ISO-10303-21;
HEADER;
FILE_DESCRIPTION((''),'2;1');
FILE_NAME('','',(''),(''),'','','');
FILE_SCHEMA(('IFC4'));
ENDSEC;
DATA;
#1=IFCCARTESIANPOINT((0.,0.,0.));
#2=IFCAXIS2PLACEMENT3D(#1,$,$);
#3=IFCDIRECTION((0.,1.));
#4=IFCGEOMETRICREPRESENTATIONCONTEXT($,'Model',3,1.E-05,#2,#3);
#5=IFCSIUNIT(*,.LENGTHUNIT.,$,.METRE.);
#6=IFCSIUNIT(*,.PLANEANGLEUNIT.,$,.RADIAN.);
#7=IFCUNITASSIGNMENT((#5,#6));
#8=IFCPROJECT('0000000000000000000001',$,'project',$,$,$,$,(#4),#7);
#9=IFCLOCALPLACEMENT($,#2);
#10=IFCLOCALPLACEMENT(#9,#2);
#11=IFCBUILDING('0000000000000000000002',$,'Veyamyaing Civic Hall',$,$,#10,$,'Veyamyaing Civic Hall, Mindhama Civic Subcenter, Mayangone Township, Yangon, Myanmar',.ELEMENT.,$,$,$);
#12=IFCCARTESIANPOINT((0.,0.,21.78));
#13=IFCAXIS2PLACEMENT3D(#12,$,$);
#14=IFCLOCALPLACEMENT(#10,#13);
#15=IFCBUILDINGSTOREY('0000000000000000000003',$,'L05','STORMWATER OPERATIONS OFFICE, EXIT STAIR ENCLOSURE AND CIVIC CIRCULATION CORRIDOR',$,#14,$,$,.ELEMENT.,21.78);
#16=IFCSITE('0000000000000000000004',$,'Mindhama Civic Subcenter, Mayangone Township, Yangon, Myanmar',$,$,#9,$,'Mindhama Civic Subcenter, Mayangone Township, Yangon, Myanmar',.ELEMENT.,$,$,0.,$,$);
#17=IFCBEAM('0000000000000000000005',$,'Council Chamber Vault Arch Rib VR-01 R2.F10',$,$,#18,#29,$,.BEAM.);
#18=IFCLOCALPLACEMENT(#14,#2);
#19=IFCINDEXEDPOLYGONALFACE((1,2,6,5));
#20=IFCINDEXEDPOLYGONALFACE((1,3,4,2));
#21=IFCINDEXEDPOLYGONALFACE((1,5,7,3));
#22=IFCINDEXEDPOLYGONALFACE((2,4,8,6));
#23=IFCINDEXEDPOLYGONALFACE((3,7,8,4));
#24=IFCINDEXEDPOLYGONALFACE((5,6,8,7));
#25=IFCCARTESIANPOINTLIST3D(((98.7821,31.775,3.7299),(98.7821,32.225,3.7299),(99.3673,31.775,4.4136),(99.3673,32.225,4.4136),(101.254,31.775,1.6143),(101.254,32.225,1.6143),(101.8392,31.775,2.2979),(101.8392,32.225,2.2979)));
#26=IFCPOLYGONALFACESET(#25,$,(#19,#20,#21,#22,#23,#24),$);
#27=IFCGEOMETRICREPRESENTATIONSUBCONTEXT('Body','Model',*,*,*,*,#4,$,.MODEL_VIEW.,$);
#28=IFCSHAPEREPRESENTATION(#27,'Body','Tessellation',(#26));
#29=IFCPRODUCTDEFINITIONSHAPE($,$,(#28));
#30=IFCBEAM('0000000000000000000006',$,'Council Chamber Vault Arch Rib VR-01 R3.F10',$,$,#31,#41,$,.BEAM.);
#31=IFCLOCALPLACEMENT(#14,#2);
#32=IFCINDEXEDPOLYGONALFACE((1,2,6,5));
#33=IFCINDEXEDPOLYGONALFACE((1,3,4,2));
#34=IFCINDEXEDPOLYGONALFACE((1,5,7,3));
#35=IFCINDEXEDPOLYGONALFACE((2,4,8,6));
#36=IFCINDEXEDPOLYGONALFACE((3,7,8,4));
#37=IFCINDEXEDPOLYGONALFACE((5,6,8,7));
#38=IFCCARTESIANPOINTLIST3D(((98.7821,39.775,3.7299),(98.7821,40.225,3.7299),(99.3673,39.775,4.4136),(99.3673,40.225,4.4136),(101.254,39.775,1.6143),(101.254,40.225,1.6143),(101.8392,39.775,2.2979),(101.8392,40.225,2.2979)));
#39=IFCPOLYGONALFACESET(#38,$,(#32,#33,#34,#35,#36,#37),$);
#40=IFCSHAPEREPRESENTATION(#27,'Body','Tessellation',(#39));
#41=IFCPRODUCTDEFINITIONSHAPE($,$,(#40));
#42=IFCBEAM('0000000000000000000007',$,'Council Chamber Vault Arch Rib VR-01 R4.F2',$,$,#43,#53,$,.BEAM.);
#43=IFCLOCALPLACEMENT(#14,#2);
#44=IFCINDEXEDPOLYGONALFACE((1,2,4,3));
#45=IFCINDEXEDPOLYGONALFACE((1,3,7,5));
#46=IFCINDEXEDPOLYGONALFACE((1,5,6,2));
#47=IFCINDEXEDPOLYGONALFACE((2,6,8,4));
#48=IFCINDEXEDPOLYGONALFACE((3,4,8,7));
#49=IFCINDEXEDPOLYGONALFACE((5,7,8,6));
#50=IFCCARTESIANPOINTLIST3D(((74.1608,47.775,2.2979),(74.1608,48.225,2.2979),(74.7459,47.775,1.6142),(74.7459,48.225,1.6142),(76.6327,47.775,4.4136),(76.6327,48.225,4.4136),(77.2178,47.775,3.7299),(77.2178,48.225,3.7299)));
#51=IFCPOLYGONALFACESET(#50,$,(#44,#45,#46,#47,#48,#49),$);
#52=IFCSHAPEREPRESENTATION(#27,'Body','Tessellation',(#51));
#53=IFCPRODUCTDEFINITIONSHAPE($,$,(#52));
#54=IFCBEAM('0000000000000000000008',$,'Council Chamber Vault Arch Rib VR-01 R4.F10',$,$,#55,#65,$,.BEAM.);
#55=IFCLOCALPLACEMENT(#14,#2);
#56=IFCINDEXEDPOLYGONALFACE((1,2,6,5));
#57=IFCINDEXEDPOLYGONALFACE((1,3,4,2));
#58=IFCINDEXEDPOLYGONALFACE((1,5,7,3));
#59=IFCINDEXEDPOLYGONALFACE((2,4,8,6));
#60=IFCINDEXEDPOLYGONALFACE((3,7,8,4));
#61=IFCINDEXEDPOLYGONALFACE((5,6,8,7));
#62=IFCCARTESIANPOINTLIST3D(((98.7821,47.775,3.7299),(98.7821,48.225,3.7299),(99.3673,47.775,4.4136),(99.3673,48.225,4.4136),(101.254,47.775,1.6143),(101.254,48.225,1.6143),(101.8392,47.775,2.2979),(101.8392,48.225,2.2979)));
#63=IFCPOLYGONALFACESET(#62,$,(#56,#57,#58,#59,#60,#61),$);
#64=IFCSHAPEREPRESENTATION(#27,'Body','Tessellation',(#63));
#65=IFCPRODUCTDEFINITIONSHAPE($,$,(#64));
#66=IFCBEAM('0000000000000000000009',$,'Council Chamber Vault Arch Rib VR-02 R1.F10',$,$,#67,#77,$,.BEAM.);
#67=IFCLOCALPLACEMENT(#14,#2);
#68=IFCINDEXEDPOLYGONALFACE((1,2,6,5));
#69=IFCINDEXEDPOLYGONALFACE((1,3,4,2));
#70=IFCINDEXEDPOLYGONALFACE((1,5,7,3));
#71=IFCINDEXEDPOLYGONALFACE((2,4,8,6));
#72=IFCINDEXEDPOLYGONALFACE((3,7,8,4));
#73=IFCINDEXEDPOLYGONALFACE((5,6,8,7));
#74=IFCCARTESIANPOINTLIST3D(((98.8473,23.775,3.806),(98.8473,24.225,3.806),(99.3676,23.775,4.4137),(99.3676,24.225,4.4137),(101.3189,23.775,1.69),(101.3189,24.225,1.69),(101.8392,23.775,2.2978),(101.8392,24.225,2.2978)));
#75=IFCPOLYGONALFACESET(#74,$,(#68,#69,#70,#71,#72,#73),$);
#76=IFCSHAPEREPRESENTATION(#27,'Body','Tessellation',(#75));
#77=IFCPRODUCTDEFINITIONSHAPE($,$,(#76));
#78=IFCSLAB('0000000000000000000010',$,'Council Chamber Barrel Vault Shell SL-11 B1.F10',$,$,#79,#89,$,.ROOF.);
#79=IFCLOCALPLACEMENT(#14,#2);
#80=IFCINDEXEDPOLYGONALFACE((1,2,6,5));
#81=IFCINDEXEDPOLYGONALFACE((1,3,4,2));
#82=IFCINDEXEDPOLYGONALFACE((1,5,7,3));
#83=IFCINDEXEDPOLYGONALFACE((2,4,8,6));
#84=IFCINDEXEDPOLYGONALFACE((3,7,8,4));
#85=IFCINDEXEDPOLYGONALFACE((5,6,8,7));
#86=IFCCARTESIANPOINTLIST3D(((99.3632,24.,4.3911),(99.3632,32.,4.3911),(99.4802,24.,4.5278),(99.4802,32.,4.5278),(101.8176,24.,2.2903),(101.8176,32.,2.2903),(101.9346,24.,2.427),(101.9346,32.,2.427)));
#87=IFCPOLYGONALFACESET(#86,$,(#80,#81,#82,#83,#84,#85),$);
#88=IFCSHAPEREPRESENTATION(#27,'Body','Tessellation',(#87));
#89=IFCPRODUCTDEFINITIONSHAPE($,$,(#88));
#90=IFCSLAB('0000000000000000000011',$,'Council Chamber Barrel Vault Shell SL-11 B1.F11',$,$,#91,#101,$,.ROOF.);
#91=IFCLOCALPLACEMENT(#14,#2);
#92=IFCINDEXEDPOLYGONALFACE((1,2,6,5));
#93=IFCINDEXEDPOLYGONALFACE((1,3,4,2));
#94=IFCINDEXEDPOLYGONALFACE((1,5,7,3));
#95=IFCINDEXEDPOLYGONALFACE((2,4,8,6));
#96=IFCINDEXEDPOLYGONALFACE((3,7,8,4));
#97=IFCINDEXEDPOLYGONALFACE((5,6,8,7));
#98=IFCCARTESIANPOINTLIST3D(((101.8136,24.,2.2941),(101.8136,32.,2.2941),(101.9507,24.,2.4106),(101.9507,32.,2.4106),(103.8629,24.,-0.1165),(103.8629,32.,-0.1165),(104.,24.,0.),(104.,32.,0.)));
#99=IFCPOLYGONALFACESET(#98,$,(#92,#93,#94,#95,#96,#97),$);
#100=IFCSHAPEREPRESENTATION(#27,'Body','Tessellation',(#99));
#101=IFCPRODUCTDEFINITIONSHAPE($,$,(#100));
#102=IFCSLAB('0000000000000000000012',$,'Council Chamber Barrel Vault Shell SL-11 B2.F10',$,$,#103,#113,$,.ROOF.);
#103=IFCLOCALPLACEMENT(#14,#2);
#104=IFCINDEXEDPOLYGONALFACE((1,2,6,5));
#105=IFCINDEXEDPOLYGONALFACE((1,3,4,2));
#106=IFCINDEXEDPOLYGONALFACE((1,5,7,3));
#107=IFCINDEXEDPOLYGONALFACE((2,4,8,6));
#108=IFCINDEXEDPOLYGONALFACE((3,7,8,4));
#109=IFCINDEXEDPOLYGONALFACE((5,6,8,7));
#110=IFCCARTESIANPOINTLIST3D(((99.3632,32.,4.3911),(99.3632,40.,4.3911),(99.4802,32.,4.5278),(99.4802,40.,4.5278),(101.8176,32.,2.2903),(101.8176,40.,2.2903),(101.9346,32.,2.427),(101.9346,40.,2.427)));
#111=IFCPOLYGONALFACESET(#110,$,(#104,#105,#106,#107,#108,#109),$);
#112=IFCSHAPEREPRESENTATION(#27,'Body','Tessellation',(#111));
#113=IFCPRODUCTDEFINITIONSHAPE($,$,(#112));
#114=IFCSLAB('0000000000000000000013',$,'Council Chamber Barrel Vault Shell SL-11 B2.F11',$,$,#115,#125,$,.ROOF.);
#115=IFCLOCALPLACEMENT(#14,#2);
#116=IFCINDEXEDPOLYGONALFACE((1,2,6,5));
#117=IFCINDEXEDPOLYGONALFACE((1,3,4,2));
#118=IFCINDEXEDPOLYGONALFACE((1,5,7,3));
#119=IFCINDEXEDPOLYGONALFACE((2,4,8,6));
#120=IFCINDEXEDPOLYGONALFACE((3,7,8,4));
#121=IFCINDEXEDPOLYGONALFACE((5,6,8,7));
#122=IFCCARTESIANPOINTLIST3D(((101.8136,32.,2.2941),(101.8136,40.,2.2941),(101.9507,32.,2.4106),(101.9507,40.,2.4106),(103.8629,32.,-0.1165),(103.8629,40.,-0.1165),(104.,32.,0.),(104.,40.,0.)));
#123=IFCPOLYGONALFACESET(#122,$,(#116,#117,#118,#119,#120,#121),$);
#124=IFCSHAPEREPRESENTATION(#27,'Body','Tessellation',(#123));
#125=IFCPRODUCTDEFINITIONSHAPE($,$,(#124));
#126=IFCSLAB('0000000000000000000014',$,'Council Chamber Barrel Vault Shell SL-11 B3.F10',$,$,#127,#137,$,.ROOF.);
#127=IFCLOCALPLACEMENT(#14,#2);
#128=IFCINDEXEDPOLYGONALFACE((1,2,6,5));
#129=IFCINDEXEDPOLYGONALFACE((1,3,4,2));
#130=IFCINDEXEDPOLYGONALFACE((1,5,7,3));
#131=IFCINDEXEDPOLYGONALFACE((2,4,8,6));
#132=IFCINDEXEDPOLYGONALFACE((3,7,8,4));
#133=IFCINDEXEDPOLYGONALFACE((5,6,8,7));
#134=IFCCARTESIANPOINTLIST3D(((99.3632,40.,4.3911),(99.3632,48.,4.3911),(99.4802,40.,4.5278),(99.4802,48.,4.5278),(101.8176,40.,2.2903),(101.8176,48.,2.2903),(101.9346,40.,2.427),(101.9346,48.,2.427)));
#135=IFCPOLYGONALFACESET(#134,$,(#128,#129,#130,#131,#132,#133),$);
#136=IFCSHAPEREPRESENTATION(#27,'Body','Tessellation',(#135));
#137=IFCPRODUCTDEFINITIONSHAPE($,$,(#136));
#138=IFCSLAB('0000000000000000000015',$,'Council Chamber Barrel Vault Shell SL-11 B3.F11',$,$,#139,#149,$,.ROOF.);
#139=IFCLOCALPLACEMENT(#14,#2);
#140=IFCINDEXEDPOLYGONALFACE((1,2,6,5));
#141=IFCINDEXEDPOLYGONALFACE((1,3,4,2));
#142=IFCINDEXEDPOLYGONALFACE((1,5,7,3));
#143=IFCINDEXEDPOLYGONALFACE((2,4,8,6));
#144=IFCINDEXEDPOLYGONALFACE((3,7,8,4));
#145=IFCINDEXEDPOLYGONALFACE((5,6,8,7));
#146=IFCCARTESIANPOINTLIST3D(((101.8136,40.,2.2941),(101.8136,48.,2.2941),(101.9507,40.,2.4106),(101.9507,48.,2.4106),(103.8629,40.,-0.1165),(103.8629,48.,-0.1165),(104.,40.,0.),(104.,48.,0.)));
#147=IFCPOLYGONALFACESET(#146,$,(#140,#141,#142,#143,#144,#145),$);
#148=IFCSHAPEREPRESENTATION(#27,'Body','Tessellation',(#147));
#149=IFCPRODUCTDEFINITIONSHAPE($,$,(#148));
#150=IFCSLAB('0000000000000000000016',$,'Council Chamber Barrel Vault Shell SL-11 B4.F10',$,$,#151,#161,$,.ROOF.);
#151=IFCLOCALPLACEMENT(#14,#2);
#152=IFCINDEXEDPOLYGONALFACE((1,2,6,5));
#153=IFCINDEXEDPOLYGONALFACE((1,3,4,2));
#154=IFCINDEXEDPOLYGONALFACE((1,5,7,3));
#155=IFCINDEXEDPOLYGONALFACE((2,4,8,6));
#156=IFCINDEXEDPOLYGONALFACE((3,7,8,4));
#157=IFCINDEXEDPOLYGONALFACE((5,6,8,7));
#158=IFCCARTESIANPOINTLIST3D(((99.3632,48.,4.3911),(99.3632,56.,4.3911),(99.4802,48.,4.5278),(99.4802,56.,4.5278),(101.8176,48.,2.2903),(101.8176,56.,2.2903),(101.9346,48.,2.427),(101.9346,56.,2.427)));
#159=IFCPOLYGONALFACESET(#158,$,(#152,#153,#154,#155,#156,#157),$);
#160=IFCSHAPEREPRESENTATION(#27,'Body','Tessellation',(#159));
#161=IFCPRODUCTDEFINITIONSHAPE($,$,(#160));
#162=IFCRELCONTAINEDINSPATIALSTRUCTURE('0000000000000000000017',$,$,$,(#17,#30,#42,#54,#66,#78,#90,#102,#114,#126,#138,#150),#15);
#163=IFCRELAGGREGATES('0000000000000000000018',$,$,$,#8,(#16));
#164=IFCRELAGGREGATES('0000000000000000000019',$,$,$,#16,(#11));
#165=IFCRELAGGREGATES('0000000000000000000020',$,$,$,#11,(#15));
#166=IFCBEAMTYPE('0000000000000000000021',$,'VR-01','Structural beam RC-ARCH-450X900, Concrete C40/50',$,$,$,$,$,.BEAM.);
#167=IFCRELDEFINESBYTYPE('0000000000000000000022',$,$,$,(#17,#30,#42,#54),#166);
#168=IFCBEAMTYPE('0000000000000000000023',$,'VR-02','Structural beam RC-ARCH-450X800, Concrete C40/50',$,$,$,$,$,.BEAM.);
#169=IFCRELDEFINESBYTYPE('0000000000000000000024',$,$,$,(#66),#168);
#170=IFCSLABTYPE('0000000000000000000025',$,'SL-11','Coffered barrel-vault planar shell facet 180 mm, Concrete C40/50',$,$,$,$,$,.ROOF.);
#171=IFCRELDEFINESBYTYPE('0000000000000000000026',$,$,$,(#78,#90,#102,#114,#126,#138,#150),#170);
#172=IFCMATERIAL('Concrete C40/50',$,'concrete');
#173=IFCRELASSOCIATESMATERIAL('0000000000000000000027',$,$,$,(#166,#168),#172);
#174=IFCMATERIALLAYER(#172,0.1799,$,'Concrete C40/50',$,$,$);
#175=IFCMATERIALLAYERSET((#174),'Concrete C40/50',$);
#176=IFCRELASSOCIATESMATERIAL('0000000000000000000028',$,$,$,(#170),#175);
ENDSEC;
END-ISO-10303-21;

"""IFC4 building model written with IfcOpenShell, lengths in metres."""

from ifc_helpers import new_model, si_unit, direction, frame, origin, origin_2d, place, context, subcontext, project, spatial, polyline, rectangle, outline, extrude, material, layer, layer_set, material_profile, profile_set, type_object, element, save


model = new_model("IFC4")

# Units and contexts
model_context = context("Model", 3, precision=1e-05, world=origin(), true_north=direction((0.0, 1.0)))
body_context = subcontext(model_context, "Body", "Model", "MODEL_VIEW")
ifc_project = project(units=[si_unit("LENGTHUNIT", "METRE"), si_unit("PLANEANGLEUNIT", "RADIAN")], contexts=[model_context])

# Site, building, storey
site_placement = place(None, origin())
site = spatial("IfcSite", under=ifc_project, at=site_placement, Name="Mindhama Civic Subcenter, Mayangone Township, Yangon, Myanmar", LongName="Mindhama Civic Subcenter, Mayangone Township, Yangon, Myanmar", CompositionType="ELEMENT", RefElevation=0.0)
building_placement = place(site_placement, origin())
building = spatial("IfcBuilding", under=site, at=building_placement, Name="Veyamyaing Civic Hall", LongName="Veyamyaing Civic Hall, Mindhama Civic Subcenter, Mayangone Township, Yangon, Myanmar", CompositionType="ELEMENT")
storey_placement = place(building_placement, frame((0.0, 0.0, 21.78)))
storey = spatial("IfcBuildingStorey", under=building, at=storey_placement, Name="L05", Description="STORMWATER OPERATIONS OFFICE, EXIT STAIR ENCLOSURE AND CIVIC CIRCULATION CORRIDOR", CompositionType="ELEMENT", Elevation=21.78)

# Beams
ifc_material_1 = material(Name="Concrete C40/50", Category="concrete")
ifc_material_profile_1 = material_profile(ifc_material_1, rectangle(XDim=0.45, YDim=0.8999, at=origin_2d()), Name="RC-ARCH-450X900")
ifc_profile_set_1 = profile_set([ifc_material_profile_1], Name="Concrete C40/50")
beam_type_1 = type_object("IfcBeamType", Name="VR-01", Description="Structural beam RC-ARCH-450X900, Concrete C40/50", PredefinedType="BEAM", material=ifc_profile_set_1)
for number, where, z_axis, x_axis, name in (
    (1, (99.0747, 32.0, 4.0718), (0.759723, 0.0, -0.650247), (0.0, 1.0, 0.0), "Council Chamber Vault Arch Rib VR-01 R2.F10"),
    (2, (99.0747, 40.0, 4.0718), (0.759723, 0.0, -0.650247), (0.0, 1.0, 0.0), "Council Chamber Vault Arch Rib VR-01 R3.F10"),
    (3, (74.4534, 48.0, 1.9561), (0.759723, 0.0, 0.650247), (0.0, 1.0, 0.0), "Council Chamber Vault Arch Rib VR-01 R4.F2"),
    (4, (99.0747, 48.0, 4.0718), (0.759723, 0.0, -0.650247), (0.0, 1.0, 0.0), "Council Chamber Vault Arch Rib VR-01 R4.F10"),
):
    element("IfcBeam", number, at=place(storey_placement, frame(where, z_axis=z_axis, x_axis=x_axis)), inside=storey, type_object=beam_type_1, Name=name, PredefinedType="BEAM", context=body_context, shape_type="SweptSolid", body=[
        extrude(rectangle(XDim=0.45, YDim=0.8999, at=origin_2d()), origin(), (0.0, 0.0, 1.0), 3.2537),
    ])
ifc_material_profile_2 = material_profile(ifc_material_1, rectangle(XDim=0.45, YDim=0.8, at=origin_2d()), Name="RC-ARCH-450X800")
ifc_profile_set_2 = profile_set([ifc_material_profile_2], Name="Concrete C40/50")
beam_type_2 = type_object("IfcBeamType", Name="VR-02", Description="Structural beam RC-ARCH-450X800, Concrete C40/50", PredefinedType="BEAM", material=ifc_profile_set_2)
beam_1_placement = place(storey_placement, frame((99.1074, 24.0, 4.1099), z_axis=(0.759654, 0.0, -0.650328), x_axis=(0.0, 1.0, 0.0)))
element("IfcBeam", 5, at=beam_1_placement, inside=storey, type_object=beam_type_2, Name="Council Chamber Vault Arch Rib VR-02 R1.F10", PredefinedType="BEAM", context=body_context, shape_type="SweptSolid", body=[
    extrude(rectangle(XDim=0.45, YDim=0.8, at=origin_2d()), origin(), (0.0, 0.0, 1.0), 3.2537),
])

# Slabs
ifc_layer = layer(ifc_material_1, 0.1799, Name="Concrete C40/50")
ifc_layer_set = layer_set([ifc_layer], Name="Concrete C40/50")
slab_type = type_object("IfcSlabType", Name="SL-11", Description="Coffered barrel-vault planar shell facet 180 mm, Concrete C40/50", PredefinedType="ROOF", material=ifc_layer_set)
slab_1_placement = place(storey_placement, frame((99.4802, 24.0, 4.5278), z_axis=(0.650275, 0.0, 0.759699), x_axis=(0.759699, 0.0, -0.650275)))
element("IfcSlab", 6, at=slab_1_placement, inside=storey, type_object=slab_type, Name="Council Chamber Barrel Vault Shell SL-11 B1.F10", PredefinedType="ROOF", context=body_context, shape_type="SweptSolid", body=[
    extrude(outline(polyline([(0.0, 0.0), (3.2307, 0.0), (3.2307, 8.0), (0.0, 8.0), (0.0, 0.0)])), origin(), (0.0, 0.0, -1.0), 0.1799),
])
slab_2_placement = place(storey_placement, frame((101.9507, 24.0, 2.4106), z_axis=(0.761897, 0.0, 0.647698), x_axis=(0.647698, 0.0, -0.761897)))
element("IfcSlab", 7, at=slab_2_placement, inside=storey, type_object=slab_type, Name="Council Chamber Barrel Vault Shell SL-11 B1.F11", PredefinedType="ROOF", context=body_context, shape_type="SweptSolid", body=[
    extrude(outline(polyline([(0.0, 0.0), (3.164, 0.0), (3.164, 8.0), (0.0, 8.0), (0.0, 0.0)])), origin(), (0.0, 0.0, -1.0), 0.1799),
])
slab_3_placement = place(storey_placement, frame((99.4802, 32.0, 4.5278), z_axis=(0.650275, 0.0, 0.759699), x_axis=(0.759699, 0.0, -0.650275)))
element("IfcSlab", 8, at=slab_3_placement, inside=storey, type_object=slab_type, Name="Council Chamber Barrel Vault Shell SL-11 B2.F10", PredefinedType="ROOF", context=body_context, shape_type="SweptSolid", body=[
    extrude(outline(polyline([(0.0, 0.0), (3.2307, 0.0), (3.2307, 8.0), (0.0, 8.0), (0.0, 0.0)])), origin(), (0.0, 0.0, -1.0), 0.1799),
])
slab_4_placement = place(storey_placement, frame((101.9507, 32.0, 2.4106), z_axis=(0.761897, 0.0, 0.647698), x_axis=(0.647698, 0.0, -0.761897)))
element("IfcSlab", 9, at=slab_4_placement, inside=storey, type_object=slab_type, Name="Council Chamber Barrel Vault Shell SL-11 B2.F11", PredefinedType="ROOF", context=body_context, shape_type="SweptSolid", body=[
    extrude(outline(polyline([(0.0, 0.0), (3.164, 0.0), (3.164, 8.0), (0.0, 8.0), (0.0, 0.0)])), origin(), (0.0, 0.0, -1.0), 0.1799),
])
slab_5_placement = place(storey_placement, frame((99.4802, 40.0, 4.5278), z_axis=(0.650275, 0.0, 0.759699), x_axis=(0.759699, 0.0, -0.650275)))
element("IfcSlab", 10, at=slab_5_placement, inside=storey, type_object=slab_type, Name="Council Chamber Barrel Vault Shell SL-11 B3.F10", PredefinedType="ROOF", context=body_context, shape_type="SweptSolid", body=[
    extrude(outline(polyline([(0.0, 0.0), (3.2307, 0.0), (3.2307, 8.0), (0.0, 8.0), (0.0, 0.0)])), origin(), (0.0, 0.0, -1.0), 0.1799),
])
slab_6_placement = place(storey_placement, frame((101.9507, 40.0, 2.4106), z_axis=(0.761897, 0.0, 0.647698), x_axis=(0.647698, 0.0, -0.761897)))
element("IfcSlab", 11, at=slab_6_placement, inside=storey, type_object=slab_type, Name="Council Chamber Barrel Vault Shell SL-11 B3.F11", PredefinedType="ROOF", context=body_context, shape_type="SweptSolid", body=[
    extrude(outline(polyline([(0.0, 0.0), (3.164, 0.0), (3.164, 8.0), (0.0, 8.0), (0.0, 0.0)])), origin(), (0.0, 0.0, -1.0), 0.1799),
])
slab_7_placement = place(storey_placement, frame((99.4802, 48.0, 4.5278), z_axis=(0.650275, 0.0, 0.759699), x_axis=(0.759699, 0.0, -0.650275)))
element("IfcSlab", 12, at=slab_7_placement, inside=storey, type_object=slab_type, Name="Council Chamber Barrel Vault Shell SL-11 B4.F10", PredefinedType="ROOF", context=body_context, shape_type="SweptSolid", body=[
    extrude(outline(polyline([(0.0, 0.0), (3.2307, 0.0), (3.2307, 8.0), (0.0, 8.0), (0.0, 0.0)])), origin(), (0.0, 0.0, -1.0), 0.1799),
])

save(model, "model.ifc")
